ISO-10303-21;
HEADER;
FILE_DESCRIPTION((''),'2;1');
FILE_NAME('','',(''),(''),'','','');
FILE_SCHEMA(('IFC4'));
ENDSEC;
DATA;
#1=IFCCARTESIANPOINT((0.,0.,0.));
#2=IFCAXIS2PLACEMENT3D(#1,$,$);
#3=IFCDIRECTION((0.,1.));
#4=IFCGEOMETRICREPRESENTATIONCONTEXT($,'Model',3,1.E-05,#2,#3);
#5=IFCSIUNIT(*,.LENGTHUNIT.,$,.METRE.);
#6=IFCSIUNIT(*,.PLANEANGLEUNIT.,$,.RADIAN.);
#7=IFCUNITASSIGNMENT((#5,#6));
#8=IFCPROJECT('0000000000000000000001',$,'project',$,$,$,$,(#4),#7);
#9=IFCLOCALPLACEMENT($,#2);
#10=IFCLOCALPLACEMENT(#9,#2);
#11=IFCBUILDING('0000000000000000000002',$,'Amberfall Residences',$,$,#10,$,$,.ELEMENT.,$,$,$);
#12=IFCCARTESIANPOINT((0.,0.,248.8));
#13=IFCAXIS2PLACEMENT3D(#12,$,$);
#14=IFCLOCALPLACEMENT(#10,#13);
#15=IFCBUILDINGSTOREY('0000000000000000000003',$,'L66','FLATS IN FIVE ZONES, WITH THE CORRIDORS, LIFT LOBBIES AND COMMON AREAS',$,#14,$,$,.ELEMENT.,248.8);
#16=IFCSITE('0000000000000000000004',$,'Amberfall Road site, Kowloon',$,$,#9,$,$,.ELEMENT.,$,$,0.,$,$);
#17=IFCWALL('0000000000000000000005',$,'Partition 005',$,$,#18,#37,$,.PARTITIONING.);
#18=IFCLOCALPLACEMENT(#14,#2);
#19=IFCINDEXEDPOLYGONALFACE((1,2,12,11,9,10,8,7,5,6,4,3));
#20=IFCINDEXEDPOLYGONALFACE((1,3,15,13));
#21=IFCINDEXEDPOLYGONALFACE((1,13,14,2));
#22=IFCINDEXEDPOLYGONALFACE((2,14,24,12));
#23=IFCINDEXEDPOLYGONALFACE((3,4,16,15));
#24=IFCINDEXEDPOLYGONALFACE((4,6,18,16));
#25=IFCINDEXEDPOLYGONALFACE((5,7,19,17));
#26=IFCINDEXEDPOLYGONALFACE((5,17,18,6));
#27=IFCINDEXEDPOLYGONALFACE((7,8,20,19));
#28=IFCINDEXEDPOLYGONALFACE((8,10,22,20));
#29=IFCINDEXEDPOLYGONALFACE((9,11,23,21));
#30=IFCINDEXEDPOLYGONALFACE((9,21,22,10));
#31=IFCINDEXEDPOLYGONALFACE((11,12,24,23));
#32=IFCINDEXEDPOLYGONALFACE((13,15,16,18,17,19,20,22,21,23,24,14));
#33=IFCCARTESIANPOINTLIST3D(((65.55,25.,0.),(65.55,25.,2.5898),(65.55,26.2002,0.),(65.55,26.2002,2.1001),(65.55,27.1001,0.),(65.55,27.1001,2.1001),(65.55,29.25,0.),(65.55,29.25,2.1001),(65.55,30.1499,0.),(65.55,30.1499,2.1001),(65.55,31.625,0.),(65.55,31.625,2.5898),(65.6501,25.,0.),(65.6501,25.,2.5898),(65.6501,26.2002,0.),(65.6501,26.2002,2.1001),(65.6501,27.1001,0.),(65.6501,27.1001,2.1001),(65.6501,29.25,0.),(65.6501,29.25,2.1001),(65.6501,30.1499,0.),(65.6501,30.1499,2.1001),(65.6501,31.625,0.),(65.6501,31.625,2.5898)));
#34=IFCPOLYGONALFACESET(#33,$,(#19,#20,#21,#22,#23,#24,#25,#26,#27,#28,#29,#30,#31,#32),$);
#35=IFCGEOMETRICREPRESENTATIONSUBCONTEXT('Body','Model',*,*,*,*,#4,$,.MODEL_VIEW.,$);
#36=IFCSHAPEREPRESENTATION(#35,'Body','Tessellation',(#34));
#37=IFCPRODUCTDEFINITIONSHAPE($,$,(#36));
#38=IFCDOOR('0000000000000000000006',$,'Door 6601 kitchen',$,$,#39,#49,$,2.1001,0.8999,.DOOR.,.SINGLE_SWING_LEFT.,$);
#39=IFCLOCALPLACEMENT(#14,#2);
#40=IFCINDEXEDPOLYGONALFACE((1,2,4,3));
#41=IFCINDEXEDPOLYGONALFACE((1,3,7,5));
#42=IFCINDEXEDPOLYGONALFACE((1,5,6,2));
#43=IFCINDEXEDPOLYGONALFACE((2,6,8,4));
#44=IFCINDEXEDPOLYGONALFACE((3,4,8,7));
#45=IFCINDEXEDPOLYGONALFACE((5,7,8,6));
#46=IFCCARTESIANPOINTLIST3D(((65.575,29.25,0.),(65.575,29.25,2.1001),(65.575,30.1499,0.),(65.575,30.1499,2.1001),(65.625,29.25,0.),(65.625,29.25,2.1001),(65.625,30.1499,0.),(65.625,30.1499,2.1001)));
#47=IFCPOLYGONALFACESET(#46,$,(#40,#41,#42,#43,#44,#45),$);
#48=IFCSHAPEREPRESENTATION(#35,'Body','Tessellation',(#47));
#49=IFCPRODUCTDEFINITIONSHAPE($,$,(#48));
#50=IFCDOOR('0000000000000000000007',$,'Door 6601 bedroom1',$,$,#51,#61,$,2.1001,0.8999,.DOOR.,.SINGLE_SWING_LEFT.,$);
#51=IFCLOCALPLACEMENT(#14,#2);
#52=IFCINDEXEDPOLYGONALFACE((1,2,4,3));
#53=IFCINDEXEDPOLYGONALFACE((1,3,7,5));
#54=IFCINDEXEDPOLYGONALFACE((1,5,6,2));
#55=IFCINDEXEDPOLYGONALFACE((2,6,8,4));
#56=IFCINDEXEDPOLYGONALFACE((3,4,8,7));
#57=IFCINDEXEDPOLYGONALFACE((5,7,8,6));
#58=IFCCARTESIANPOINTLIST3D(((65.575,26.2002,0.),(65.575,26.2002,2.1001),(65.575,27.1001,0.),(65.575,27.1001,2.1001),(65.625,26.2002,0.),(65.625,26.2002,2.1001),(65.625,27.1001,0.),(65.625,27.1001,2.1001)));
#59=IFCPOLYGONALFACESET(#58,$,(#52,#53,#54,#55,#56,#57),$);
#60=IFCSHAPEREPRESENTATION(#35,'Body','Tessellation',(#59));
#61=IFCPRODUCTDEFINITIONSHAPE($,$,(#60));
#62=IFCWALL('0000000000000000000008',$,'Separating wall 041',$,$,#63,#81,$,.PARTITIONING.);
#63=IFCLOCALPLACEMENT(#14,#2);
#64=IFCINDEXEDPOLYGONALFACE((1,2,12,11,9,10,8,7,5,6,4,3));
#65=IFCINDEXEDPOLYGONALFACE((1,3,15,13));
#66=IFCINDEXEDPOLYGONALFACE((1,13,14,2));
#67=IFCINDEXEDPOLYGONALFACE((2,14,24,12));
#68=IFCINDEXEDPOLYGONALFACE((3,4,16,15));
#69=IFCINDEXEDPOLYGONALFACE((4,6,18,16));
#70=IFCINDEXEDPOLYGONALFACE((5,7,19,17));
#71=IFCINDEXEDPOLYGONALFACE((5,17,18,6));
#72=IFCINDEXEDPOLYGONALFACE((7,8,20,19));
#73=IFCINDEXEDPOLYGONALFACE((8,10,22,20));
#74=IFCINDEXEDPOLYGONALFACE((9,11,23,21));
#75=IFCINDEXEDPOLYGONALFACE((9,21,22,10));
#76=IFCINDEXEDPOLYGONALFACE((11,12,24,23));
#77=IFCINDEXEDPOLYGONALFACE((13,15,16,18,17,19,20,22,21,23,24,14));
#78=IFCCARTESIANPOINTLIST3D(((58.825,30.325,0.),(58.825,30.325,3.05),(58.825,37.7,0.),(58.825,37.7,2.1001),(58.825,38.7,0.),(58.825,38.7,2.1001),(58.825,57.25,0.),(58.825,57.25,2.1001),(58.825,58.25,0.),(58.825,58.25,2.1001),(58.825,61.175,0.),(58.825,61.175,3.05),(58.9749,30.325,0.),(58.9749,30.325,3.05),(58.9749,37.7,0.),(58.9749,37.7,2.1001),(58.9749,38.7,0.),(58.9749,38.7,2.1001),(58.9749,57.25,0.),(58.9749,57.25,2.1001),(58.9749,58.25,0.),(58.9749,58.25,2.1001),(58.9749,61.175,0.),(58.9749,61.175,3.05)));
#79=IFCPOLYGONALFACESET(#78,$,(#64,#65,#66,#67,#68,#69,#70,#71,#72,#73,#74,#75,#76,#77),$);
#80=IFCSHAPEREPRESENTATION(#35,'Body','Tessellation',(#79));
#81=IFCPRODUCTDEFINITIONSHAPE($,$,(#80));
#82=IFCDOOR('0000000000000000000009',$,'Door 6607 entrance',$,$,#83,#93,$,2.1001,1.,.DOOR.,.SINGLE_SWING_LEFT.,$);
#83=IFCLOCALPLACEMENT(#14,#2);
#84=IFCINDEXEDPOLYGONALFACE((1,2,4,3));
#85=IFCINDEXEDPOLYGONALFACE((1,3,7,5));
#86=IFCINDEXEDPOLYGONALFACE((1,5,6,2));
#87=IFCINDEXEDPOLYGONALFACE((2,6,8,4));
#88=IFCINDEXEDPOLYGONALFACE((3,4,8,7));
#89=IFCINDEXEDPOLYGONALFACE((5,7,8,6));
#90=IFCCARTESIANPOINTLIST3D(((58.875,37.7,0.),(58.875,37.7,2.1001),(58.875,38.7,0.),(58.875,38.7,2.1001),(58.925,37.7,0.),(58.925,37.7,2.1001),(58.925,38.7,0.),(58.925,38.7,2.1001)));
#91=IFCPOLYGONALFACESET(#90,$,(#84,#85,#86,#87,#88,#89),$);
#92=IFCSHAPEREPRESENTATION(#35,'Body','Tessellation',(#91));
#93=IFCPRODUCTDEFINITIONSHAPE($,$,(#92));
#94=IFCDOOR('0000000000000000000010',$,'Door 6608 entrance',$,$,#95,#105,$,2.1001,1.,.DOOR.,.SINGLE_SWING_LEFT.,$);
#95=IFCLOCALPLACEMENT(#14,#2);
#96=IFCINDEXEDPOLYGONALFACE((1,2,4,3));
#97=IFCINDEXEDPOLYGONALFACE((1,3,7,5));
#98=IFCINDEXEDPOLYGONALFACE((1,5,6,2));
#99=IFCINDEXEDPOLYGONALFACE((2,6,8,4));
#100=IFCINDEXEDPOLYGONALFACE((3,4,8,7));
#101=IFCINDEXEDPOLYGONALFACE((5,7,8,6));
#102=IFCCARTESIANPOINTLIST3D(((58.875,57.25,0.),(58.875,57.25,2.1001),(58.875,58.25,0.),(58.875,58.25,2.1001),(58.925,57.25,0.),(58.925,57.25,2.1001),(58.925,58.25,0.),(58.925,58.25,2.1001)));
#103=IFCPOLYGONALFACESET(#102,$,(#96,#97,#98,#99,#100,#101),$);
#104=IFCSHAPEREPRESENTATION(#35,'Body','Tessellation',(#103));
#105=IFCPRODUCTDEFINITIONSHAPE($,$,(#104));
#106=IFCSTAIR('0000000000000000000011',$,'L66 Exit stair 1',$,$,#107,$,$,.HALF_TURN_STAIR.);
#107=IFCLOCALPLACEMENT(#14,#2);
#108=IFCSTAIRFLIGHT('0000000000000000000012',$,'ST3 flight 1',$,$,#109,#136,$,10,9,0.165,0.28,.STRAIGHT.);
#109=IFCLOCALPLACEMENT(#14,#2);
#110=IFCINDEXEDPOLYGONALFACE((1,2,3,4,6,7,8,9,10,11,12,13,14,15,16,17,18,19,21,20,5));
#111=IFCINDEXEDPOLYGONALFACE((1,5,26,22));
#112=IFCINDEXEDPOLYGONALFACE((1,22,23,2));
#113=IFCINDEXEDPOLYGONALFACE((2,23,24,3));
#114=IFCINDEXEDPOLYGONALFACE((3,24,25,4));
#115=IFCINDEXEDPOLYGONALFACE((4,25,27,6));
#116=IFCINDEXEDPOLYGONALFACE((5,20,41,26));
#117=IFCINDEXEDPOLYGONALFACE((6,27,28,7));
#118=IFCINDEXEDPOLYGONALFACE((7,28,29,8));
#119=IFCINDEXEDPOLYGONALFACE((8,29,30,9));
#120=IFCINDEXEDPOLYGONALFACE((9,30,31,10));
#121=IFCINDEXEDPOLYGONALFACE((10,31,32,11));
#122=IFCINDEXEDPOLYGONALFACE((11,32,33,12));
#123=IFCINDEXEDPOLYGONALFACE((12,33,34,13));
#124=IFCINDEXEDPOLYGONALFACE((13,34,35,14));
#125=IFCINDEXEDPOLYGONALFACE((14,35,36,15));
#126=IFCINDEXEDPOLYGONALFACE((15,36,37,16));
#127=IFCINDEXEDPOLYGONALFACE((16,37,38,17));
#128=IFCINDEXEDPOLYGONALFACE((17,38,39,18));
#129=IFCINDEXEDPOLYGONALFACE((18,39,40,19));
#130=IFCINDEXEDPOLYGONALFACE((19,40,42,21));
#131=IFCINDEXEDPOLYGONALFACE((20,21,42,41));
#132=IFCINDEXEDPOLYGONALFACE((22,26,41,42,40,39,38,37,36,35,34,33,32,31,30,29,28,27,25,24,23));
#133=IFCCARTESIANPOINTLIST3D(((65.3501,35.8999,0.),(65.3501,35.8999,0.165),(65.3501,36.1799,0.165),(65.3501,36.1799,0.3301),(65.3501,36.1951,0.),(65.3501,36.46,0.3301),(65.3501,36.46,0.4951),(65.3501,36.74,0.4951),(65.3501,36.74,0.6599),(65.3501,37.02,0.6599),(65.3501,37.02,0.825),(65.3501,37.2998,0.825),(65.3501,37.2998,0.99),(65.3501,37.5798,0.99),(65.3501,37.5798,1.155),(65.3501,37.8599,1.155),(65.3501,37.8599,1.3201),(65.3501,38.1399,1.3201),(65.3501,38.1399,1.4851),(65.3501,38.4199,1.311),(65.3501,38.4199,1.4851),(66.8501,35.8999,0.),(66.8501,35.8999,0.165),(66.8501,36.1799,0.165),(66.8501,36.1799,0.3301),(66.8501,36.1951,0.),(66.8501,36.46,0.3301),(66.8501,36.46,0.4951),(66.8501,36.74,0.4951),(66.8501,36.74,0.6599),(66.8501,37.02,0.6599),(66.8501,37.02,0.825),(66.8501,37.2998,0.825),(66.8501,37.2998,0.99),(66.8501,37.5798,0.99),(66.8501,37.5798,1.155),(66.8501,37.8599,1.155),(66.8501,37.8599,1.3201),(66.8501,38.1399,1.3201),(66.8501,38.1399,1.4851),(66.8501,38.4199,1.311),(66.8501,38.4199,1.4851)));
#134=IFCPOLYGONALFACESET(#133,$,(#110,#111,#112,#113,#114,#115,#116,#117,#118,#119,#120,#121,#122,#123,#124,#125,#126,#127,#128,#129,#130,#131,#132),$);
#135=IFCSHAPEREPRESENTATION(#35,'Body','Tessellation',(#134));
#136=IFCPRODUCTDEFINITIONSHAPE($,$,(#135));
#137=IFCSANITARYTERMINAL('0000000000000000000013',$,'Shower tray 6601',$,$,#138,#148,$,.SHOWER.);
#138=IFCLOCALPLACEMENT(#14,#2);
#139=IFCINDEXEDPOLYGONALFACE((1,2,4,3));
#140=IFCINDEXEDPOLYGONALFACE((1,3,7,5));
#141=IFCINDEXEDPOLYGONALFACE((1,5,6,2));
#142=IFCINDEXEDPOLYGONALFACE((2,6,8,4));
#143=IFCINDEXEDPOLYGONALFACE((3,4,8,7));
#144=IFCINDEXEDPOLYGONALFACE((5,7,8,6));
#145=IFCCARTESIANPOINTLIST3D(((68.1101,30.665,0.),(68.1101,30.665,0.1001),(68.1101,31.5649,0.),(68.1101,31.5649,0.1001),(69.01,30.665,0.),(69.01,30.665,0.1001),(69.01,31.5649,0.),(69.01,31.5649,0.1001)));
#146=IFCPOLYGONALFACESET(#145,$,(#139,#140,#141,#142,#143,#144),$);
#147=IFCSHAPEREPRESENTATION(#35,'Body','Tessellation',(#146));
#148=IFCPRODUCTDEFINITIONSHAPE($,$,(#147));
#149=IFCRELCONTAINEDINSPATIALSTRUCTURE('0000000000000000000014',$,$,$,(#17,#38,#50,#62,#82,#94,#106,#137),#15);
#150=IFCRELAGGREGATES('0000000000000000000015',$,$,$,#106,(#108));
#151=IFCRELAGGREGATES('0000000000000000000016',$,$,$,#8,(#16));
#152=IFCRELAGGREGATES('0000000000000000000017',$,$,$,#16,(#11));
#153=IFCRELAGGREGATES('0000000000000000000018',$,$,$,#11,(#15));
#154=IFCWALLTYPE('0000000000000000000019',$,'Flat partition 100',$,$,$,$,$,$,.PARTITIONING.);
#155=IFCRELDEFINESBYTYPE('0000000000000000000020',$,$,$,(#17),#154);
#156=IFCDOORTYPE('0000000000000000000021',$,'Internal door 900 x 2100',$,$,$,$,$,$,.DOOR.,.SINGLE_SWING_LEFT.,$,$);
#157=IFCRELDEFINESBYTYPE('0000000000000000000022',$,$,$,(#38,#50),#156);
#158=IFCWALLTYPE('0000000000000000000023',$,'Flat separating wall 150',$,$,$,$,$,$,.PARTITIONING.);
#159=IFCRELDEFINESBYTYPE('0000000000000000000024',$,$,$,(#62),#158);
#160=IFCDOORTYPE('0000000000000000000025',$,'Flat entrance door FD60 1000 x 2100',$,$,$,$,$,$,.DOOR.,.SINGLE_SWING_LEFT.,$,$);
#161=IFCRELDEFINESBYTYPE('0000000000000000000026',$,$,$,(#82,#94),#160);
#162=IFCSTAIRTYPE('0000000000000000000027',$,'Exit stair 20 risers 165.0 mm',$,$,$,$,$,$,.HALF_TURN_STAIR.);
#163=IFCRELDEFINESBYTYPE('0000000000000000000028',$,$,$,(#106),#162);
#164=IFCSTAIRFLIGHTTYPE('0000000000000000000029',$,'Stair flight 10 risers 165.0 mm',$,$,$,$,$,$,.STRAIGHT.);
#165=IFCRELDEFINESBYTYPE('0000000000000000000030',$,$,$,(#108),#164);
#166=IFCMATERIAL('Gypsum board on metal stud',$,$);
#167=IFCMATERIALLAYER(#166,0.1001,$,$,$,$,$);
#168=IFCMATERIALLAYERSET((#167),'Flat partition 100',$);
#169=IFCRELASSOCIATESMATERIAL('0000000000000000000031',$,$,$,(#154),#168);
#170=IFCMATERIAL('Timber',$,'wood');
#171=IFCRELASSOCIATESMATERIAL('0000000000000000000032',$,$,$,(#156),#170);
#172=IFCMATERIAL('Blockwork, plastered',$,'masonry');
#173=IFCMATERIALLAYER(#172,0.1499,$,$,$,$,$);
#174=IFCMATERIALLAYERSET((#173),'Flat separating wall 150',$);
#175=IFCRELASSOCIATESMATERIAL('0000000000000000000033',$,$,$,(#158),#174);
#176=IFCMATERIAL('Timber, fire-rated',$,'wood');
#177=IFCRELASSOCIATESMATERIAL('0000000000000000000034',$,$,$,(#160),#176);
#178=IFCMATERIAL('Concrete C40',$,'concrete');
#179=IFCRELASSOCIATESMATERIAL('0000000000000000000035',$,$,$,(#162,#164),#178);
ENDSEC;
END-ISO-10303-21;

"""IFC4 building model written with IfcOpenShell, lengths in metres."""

from ifc_helpers import new_model, si_unit, direction, frame, frame_2d, origin, origin_2d, place, context, subcontext, project, spatial, polyline, rectangle, outline, extrude, material, layer, layer_set, type_object, element, fill, aggregate, save


model = new_model("IFC4")

# Units and contexts
model_context = context("Model", 3, precision=1e-05, world=origin(), true_north=direction((0.0, 1.0)))
body_context = subcontext(model_context, "Body", "Model", "MODEL_VIEW")
ifc_project = project(units=[si_unit("LENGTHUNIT", "METRE"), si_unit("PLANEANGLEUNIT", "RADIAN")], contexts=[model_context])

# Site, building, storey
site_placement = place(None, origin())
site = spatial("IfcSite", under=ifc_project, at=site_placement, Name="Amberfall Road site, Kowloon", CompositionType="ELEMENT", RefElevation=0.0)
building_placement = place(site_placement, origin())
building = spatial("IfcBuilding", under=site, at=building_placement, Name="Amberfall Residences", CompositionType="ELEMENT")
storey_placement = place(building_placement, frame((0.0, 0.0, 248.8)))
storey = spatial("IfcBuildingStorey", under=building, at=storey_placement, Name="L66", Description="FLATS IN FIVE ZONES, WITH THE CORRIDORS, LIFT LOBBIES AND COMMON AREAS", CompositionType="ELEMENT", Elevation=248.8)

# Walls, openings, doors
ifc_material_1 = material(Name="Gypsum board on metal stud")
ifc_layer_1 = layer(ifc_material_1, 0.1001)
ifc_layer_set_1 = layer_set([ifc_layer_1], Name="Flat partition 100")
wall_type_1 = type_object("IfcWallType", Name="Flat partition 100", PredefinedType="PARTITIONING", material=ifc_layer_set_1)
wall_1_placement = place(storey_placement, frame((65.6001, 31.625, 0.0), z_axis=(0.0, 0.0, 1.0), x_axis=(0.0, -1.0, 0.0)))
wall_1 = element("IfcWall", 1, at=wall_1_placement, inside=storey, type_object=wall_type_1, Name="Partition 005", PredefinedType="PARTITIONING", context=body_context, shape_type="SweptSolid", body=[
    extrude(rectangle(XDim=6.625, YDim=0.1001, at=frame_2d((3.3125, 0.0))), origin(), (0.0, 0.0, 1.0), 2.5898),
])
opening_1_placement = place(wall_1_placement, frame((1.4751, 0.0, 0.0)))
opening_1 = element("IfcOpeningElement", 2, at=opening_1_placement, cuts=wall_1, PredefinedType="OPENING", context=body_context, shape_type="SweptSolid", body=[
    extrude(rectangle(XDim=0.8999, YDim=2.1001, at=frame_2d((0.45, 1.05))), frame((0.0, 0.0601, 0.0), z_axis=(0.0, -1.0, 0.0), x_axis=(1.0, 0.0, 0.0)), (0.0, 0.0, 1.0), 0.1201),
])
opening_2_placement = place(wall_1_placement, frame((4.5249, 0.0, 0.0)))
opening_2 = element("IfcOpeningElement", 3, at=opening_2_placement, cuts=wall_1, PredefinedType="OPENING", context=body_context, shape_type="SweptSolid", body=[
    extrude(rectangle(XDim=0.8999, YDim=2.1001, at=frame_2d((0.45, 1.05))), frame((0.0, 0.0601, 0.0), z_axis=(0.0, -1.0, 0.0), x_axis=(1.0, 0.0, 0.0)), (0.0, 0.0, 1.0), 0.1201),
])
ifc_material_2 = material(Name="Timber", Category="wood")
door_type_1 = type_object("IfcDoorType", Name="Internal door 900 x 2100", OperationType="SINGLE_SWING_LEFT", PredefinedType="DOOR", material=ifc_material_2)
door_1_placement = place(opening_1_placement, origin())
door_1 = element("IfcDoor", 4, at=door_1_placement, inside=storey, type_object=door_type_1, Name="Door 6601 kitchen", OperationType="SINGLE_SWING_LEFT", OverallHeight=2.1001, OverallWidth=0.8999, PredefinedType="DOOR", context=body_context, shape_type="SweptSolid", body=[
    extrude(rectangle(XDim=0.8999, YDim=2.1001, at=frame_2d((0.45, 1.05))), frame((0.0, 0.0249, 0.0), z_axis=(0.0, -1.0, 0.0), x_axis=(1.0, 0.0, 0.0)), (0.0, 0.0, 1.0), 0.05),
])
fill(opening_1, door_1)
door_2_placement = place(opening_2_placement, origin())
door_2 = element("IfcDoor", 5, at=door_2_placement, inside=storey, type_object=door_type_1, Name="Door 6601 bedroom1", OperationType="SINGLE_SWING_LEFT", OverallHeight=2.1001, OverallWidth=0.8999, PredefinedType="DOOR", context=body_context, shape_type="SweptSolid", body=[
    extrude(rectangle(XDim=0.8999, YDim=2.1001, at=frame_2d((0.45, 1.05))), frame((0.0, 0.0249, 0.0), z_axis=(0.0, -1.0, 0.0), x_axis=(1.0, 0.0, 0.0)), (0.0, 0.0, 1.0), 0.05),
])
fill(opening_2, door_2)
ifc_material_3 = material(Name="Blockwork, plastered", Category="masonry")
ifc_layer_2 = layer(ifc_material_3, 0.1499)
ifc_layer_set_2 = layer_set([ifc_layer_2], Name="Flat separating wall 150")
wall_type_2 = type_object("IfcWallType", Name="Flat separating wall 150", PredefinedType="PARTITIONING", material=ifc_layer_set_2)
wall_2_placement = place(storey_placement, frame((58.8999, 30.325, 0.0), z_axis=(0.0, 0.0, 1.0), x_axis=(0.0, 1.0, 0.0)))
wall_2 = element("IfcWall", 6, at=wall_2_placement, inside=storey, type_object=wall_type_2, Name="Separating wall 041", PredefinedType="PARTITIONING", context=body_context, shape_type="SweptSolid", body=[
    extrude(rectangle(XDim=30.8501, YDim=0.1499, at=frame_2d((15.425, 0.0))), origin(), (0.0, 0.0, 1.0), 3.05),
])
opening_3_placement = place(wall_2_placement, frame((7.375, 0.0, 0.0)))
opening_3 = element("IfcOpeningElement", 7, at=opening_3_placement, cuts=wall_2, PredefinedType="OPENING", context=body_context, shape_type="SweptSolid", body=[
    extrude(rectangle(XDim=1.0, YDim=2.1001, at=frame_2d((0.5, 1.05))), frame((0.0, 0.085, 0.0), z_axis=(0.0, -1.0, 0.0), x_axis=(1.0, 0.0, 0.0)), (0.0, 0.0, 1.0), 0.1699),
])
opening_4_placement = place(wall_2_placement, frame((26.925, 0.0, 0.0)))
opening_4 = element("IfcOpeningElement", 8, at=opening_4_placement, cuts=wall_2, PredefinedType="OPENING", context=body_context, shape_type="SweptSolid", body=[
    extrude(rectangle(XDim=1.0, YDim=2.1001, at=frame_2d((0.5, 1.05))), frame((0.0, 0.085, 0.0), z_axis=(0.0, -1.0, 0.0), x_axis=(1.0, 0.0, 0.0)), (0.0, 0.0, 1.0), 0.1699),
])
ifc_material_4 = material(Name="Timber, fire-rated", Category="wood")
door_type_2 = type_object("IfcDoorType", Name="Flat entrance door FD60 1000 x 2100", OperationType="SINGLE_SWING_LEFT", PredefinedType="DOOR", material=ifc_material_4)
door_3_placement = place(opening_3_placement, origin())
door_3 = element("IfcDoor", 9, at=door_3_placement, inside=storey, type_object=door_type_2, Name="Door 6607 entrance", OperationType="SINGLE_SWING_LEFT", OverallHeight=2.1001, OverallWidth=1.0, PredefinedType="DOOR", context=body_context, shape_type="SweptSolid", body=[
    extrude(rectangle(XDim=1.0, YDim=2.1001, at=frame_2d((0.5, 1.05))), frame((0.0, 0.0249, 0.0), z_axis=(0.0, -1.0, 0.0), x_axis=(1.0, 0.0, 0.0)), (0.0, 0.0, 1.0), 0.05),
])
fill(opening_3, door_3)
door_4_placement = place(opening_4_placement, origin())
door_4 = element("IfcDoor", 10, at=door_4_placement, inside=storey, type_object=door_type_2, Name="Door 6608 entrance", OperationType="SINGLE_SWING_LEFT", OverallHeight=2.1001, OverallWidth=1.0, PredefinedType="DOOR", context=body_context, shape_type="SweptSolid", body=[
    extrude(rectangle(XDim=1.0, YDim=2.1001, at=frame_2d((0.5, 1.05))), frame((0.0, 0.0249, 0.0), z_axis=(0.0, -1.0, 0.0), x_axis=(1.0, 0.0, 0.0)), (0.0, 0.0, 1.0), 0.05),
])
fill(opening_4, door_4)

# Stair, stair flight
ifc_material_5 = material(Name="Concrete C40", Category="concrete")
stair_type = type_object("IfcStairType", Name="Exit stair 20 risers 165.0 mm", PredefinedType="HALF_TURN_STAIR", material=ifc_material_5)
stair_placement = place(storey_placement, origin())
stair = element("IfcStair", 11, at=stair_placement, inside=storey, type_object=stair_type, Name="L66 Exit stair 1", PredefinedType="HALF_TURN_STAIR")
stair_flight_type = type_object("IfcStairFlightType", Name="Stair flight 10 risers 165.0 mm", PredefinedType="STRAIGHT", material=ifc_material_5)
stair_flight_placement = place(storey_placement, frame((66.1001, 35.8999, 0.0), z_axis=(0.0, 0.0, 1.0), x_axis=(0.0, 1.0, 0.0)))
stair_flight = element("IfcStairFlight", 12, at=stair_flight_placement, type_object=stair_flight_type, Name="ST3 flight 1", NumberOfRisers=10, NumberOfTreads=9, PredefinedType="STRAIGHT", RiserHeight=0.165, TreadLength=0.28, context=body_context, shape_type="SweptSolid", body=[
    extrude(outline(polyline([(0.0, 0.0), (0.0, 0.165), (0.28, 0.165), (0.28, 0.3301), (0.5601, 0.3301), (0.5601, 0.4951), (0.8401, 0.4951), (0.8401, 0.6599), (1.1201, 0.6599), (1.1201, 0.825), (1.3999, 0.825), (1.3999, 0.99), (1.6799, 0.99), (1.6799, 1.155), (1.96, 1.155), (1.96, 1.3201), (2.24, 1.3201), (2.24, 1.4851), (2.52, 1.4851), (2.52, 1.6499), (2.52, 1.311), (0.2952, 0.0), (0.0, 0.0)])), frame((0.0, 0.75, 0.0), z_axis=(0.0, -1.0, 0.0), x_axis=(1.0, 0.0, 0.0)), (0.0, 0.0, 1.0), 1.5),
])
aggregate(stair, [stair_flight])

# Sanitary terminal
sanitary_terminal_placement = place(storey_placement, frame((68.5601, 31.115, 0.0), z_axis=(0.0, 0.0, 1.0), x_axis=(1.0, 0.0, 0.0)))
element("IfcSanitaryTerminal", 13, at=sanitary_terminal_placement, inside=storey, Name="Shower tray 6601", PredefinedType="SHOWER", context=body_context, shape_type="SweptSolid", body=[
    extrude(rectangle(XDim=0.8999, YDim=0.8999, at=origin_2d()), origin(), (0.0, 0.0, 1.0), 0.1001),
])

save(model, "model.ifc")
